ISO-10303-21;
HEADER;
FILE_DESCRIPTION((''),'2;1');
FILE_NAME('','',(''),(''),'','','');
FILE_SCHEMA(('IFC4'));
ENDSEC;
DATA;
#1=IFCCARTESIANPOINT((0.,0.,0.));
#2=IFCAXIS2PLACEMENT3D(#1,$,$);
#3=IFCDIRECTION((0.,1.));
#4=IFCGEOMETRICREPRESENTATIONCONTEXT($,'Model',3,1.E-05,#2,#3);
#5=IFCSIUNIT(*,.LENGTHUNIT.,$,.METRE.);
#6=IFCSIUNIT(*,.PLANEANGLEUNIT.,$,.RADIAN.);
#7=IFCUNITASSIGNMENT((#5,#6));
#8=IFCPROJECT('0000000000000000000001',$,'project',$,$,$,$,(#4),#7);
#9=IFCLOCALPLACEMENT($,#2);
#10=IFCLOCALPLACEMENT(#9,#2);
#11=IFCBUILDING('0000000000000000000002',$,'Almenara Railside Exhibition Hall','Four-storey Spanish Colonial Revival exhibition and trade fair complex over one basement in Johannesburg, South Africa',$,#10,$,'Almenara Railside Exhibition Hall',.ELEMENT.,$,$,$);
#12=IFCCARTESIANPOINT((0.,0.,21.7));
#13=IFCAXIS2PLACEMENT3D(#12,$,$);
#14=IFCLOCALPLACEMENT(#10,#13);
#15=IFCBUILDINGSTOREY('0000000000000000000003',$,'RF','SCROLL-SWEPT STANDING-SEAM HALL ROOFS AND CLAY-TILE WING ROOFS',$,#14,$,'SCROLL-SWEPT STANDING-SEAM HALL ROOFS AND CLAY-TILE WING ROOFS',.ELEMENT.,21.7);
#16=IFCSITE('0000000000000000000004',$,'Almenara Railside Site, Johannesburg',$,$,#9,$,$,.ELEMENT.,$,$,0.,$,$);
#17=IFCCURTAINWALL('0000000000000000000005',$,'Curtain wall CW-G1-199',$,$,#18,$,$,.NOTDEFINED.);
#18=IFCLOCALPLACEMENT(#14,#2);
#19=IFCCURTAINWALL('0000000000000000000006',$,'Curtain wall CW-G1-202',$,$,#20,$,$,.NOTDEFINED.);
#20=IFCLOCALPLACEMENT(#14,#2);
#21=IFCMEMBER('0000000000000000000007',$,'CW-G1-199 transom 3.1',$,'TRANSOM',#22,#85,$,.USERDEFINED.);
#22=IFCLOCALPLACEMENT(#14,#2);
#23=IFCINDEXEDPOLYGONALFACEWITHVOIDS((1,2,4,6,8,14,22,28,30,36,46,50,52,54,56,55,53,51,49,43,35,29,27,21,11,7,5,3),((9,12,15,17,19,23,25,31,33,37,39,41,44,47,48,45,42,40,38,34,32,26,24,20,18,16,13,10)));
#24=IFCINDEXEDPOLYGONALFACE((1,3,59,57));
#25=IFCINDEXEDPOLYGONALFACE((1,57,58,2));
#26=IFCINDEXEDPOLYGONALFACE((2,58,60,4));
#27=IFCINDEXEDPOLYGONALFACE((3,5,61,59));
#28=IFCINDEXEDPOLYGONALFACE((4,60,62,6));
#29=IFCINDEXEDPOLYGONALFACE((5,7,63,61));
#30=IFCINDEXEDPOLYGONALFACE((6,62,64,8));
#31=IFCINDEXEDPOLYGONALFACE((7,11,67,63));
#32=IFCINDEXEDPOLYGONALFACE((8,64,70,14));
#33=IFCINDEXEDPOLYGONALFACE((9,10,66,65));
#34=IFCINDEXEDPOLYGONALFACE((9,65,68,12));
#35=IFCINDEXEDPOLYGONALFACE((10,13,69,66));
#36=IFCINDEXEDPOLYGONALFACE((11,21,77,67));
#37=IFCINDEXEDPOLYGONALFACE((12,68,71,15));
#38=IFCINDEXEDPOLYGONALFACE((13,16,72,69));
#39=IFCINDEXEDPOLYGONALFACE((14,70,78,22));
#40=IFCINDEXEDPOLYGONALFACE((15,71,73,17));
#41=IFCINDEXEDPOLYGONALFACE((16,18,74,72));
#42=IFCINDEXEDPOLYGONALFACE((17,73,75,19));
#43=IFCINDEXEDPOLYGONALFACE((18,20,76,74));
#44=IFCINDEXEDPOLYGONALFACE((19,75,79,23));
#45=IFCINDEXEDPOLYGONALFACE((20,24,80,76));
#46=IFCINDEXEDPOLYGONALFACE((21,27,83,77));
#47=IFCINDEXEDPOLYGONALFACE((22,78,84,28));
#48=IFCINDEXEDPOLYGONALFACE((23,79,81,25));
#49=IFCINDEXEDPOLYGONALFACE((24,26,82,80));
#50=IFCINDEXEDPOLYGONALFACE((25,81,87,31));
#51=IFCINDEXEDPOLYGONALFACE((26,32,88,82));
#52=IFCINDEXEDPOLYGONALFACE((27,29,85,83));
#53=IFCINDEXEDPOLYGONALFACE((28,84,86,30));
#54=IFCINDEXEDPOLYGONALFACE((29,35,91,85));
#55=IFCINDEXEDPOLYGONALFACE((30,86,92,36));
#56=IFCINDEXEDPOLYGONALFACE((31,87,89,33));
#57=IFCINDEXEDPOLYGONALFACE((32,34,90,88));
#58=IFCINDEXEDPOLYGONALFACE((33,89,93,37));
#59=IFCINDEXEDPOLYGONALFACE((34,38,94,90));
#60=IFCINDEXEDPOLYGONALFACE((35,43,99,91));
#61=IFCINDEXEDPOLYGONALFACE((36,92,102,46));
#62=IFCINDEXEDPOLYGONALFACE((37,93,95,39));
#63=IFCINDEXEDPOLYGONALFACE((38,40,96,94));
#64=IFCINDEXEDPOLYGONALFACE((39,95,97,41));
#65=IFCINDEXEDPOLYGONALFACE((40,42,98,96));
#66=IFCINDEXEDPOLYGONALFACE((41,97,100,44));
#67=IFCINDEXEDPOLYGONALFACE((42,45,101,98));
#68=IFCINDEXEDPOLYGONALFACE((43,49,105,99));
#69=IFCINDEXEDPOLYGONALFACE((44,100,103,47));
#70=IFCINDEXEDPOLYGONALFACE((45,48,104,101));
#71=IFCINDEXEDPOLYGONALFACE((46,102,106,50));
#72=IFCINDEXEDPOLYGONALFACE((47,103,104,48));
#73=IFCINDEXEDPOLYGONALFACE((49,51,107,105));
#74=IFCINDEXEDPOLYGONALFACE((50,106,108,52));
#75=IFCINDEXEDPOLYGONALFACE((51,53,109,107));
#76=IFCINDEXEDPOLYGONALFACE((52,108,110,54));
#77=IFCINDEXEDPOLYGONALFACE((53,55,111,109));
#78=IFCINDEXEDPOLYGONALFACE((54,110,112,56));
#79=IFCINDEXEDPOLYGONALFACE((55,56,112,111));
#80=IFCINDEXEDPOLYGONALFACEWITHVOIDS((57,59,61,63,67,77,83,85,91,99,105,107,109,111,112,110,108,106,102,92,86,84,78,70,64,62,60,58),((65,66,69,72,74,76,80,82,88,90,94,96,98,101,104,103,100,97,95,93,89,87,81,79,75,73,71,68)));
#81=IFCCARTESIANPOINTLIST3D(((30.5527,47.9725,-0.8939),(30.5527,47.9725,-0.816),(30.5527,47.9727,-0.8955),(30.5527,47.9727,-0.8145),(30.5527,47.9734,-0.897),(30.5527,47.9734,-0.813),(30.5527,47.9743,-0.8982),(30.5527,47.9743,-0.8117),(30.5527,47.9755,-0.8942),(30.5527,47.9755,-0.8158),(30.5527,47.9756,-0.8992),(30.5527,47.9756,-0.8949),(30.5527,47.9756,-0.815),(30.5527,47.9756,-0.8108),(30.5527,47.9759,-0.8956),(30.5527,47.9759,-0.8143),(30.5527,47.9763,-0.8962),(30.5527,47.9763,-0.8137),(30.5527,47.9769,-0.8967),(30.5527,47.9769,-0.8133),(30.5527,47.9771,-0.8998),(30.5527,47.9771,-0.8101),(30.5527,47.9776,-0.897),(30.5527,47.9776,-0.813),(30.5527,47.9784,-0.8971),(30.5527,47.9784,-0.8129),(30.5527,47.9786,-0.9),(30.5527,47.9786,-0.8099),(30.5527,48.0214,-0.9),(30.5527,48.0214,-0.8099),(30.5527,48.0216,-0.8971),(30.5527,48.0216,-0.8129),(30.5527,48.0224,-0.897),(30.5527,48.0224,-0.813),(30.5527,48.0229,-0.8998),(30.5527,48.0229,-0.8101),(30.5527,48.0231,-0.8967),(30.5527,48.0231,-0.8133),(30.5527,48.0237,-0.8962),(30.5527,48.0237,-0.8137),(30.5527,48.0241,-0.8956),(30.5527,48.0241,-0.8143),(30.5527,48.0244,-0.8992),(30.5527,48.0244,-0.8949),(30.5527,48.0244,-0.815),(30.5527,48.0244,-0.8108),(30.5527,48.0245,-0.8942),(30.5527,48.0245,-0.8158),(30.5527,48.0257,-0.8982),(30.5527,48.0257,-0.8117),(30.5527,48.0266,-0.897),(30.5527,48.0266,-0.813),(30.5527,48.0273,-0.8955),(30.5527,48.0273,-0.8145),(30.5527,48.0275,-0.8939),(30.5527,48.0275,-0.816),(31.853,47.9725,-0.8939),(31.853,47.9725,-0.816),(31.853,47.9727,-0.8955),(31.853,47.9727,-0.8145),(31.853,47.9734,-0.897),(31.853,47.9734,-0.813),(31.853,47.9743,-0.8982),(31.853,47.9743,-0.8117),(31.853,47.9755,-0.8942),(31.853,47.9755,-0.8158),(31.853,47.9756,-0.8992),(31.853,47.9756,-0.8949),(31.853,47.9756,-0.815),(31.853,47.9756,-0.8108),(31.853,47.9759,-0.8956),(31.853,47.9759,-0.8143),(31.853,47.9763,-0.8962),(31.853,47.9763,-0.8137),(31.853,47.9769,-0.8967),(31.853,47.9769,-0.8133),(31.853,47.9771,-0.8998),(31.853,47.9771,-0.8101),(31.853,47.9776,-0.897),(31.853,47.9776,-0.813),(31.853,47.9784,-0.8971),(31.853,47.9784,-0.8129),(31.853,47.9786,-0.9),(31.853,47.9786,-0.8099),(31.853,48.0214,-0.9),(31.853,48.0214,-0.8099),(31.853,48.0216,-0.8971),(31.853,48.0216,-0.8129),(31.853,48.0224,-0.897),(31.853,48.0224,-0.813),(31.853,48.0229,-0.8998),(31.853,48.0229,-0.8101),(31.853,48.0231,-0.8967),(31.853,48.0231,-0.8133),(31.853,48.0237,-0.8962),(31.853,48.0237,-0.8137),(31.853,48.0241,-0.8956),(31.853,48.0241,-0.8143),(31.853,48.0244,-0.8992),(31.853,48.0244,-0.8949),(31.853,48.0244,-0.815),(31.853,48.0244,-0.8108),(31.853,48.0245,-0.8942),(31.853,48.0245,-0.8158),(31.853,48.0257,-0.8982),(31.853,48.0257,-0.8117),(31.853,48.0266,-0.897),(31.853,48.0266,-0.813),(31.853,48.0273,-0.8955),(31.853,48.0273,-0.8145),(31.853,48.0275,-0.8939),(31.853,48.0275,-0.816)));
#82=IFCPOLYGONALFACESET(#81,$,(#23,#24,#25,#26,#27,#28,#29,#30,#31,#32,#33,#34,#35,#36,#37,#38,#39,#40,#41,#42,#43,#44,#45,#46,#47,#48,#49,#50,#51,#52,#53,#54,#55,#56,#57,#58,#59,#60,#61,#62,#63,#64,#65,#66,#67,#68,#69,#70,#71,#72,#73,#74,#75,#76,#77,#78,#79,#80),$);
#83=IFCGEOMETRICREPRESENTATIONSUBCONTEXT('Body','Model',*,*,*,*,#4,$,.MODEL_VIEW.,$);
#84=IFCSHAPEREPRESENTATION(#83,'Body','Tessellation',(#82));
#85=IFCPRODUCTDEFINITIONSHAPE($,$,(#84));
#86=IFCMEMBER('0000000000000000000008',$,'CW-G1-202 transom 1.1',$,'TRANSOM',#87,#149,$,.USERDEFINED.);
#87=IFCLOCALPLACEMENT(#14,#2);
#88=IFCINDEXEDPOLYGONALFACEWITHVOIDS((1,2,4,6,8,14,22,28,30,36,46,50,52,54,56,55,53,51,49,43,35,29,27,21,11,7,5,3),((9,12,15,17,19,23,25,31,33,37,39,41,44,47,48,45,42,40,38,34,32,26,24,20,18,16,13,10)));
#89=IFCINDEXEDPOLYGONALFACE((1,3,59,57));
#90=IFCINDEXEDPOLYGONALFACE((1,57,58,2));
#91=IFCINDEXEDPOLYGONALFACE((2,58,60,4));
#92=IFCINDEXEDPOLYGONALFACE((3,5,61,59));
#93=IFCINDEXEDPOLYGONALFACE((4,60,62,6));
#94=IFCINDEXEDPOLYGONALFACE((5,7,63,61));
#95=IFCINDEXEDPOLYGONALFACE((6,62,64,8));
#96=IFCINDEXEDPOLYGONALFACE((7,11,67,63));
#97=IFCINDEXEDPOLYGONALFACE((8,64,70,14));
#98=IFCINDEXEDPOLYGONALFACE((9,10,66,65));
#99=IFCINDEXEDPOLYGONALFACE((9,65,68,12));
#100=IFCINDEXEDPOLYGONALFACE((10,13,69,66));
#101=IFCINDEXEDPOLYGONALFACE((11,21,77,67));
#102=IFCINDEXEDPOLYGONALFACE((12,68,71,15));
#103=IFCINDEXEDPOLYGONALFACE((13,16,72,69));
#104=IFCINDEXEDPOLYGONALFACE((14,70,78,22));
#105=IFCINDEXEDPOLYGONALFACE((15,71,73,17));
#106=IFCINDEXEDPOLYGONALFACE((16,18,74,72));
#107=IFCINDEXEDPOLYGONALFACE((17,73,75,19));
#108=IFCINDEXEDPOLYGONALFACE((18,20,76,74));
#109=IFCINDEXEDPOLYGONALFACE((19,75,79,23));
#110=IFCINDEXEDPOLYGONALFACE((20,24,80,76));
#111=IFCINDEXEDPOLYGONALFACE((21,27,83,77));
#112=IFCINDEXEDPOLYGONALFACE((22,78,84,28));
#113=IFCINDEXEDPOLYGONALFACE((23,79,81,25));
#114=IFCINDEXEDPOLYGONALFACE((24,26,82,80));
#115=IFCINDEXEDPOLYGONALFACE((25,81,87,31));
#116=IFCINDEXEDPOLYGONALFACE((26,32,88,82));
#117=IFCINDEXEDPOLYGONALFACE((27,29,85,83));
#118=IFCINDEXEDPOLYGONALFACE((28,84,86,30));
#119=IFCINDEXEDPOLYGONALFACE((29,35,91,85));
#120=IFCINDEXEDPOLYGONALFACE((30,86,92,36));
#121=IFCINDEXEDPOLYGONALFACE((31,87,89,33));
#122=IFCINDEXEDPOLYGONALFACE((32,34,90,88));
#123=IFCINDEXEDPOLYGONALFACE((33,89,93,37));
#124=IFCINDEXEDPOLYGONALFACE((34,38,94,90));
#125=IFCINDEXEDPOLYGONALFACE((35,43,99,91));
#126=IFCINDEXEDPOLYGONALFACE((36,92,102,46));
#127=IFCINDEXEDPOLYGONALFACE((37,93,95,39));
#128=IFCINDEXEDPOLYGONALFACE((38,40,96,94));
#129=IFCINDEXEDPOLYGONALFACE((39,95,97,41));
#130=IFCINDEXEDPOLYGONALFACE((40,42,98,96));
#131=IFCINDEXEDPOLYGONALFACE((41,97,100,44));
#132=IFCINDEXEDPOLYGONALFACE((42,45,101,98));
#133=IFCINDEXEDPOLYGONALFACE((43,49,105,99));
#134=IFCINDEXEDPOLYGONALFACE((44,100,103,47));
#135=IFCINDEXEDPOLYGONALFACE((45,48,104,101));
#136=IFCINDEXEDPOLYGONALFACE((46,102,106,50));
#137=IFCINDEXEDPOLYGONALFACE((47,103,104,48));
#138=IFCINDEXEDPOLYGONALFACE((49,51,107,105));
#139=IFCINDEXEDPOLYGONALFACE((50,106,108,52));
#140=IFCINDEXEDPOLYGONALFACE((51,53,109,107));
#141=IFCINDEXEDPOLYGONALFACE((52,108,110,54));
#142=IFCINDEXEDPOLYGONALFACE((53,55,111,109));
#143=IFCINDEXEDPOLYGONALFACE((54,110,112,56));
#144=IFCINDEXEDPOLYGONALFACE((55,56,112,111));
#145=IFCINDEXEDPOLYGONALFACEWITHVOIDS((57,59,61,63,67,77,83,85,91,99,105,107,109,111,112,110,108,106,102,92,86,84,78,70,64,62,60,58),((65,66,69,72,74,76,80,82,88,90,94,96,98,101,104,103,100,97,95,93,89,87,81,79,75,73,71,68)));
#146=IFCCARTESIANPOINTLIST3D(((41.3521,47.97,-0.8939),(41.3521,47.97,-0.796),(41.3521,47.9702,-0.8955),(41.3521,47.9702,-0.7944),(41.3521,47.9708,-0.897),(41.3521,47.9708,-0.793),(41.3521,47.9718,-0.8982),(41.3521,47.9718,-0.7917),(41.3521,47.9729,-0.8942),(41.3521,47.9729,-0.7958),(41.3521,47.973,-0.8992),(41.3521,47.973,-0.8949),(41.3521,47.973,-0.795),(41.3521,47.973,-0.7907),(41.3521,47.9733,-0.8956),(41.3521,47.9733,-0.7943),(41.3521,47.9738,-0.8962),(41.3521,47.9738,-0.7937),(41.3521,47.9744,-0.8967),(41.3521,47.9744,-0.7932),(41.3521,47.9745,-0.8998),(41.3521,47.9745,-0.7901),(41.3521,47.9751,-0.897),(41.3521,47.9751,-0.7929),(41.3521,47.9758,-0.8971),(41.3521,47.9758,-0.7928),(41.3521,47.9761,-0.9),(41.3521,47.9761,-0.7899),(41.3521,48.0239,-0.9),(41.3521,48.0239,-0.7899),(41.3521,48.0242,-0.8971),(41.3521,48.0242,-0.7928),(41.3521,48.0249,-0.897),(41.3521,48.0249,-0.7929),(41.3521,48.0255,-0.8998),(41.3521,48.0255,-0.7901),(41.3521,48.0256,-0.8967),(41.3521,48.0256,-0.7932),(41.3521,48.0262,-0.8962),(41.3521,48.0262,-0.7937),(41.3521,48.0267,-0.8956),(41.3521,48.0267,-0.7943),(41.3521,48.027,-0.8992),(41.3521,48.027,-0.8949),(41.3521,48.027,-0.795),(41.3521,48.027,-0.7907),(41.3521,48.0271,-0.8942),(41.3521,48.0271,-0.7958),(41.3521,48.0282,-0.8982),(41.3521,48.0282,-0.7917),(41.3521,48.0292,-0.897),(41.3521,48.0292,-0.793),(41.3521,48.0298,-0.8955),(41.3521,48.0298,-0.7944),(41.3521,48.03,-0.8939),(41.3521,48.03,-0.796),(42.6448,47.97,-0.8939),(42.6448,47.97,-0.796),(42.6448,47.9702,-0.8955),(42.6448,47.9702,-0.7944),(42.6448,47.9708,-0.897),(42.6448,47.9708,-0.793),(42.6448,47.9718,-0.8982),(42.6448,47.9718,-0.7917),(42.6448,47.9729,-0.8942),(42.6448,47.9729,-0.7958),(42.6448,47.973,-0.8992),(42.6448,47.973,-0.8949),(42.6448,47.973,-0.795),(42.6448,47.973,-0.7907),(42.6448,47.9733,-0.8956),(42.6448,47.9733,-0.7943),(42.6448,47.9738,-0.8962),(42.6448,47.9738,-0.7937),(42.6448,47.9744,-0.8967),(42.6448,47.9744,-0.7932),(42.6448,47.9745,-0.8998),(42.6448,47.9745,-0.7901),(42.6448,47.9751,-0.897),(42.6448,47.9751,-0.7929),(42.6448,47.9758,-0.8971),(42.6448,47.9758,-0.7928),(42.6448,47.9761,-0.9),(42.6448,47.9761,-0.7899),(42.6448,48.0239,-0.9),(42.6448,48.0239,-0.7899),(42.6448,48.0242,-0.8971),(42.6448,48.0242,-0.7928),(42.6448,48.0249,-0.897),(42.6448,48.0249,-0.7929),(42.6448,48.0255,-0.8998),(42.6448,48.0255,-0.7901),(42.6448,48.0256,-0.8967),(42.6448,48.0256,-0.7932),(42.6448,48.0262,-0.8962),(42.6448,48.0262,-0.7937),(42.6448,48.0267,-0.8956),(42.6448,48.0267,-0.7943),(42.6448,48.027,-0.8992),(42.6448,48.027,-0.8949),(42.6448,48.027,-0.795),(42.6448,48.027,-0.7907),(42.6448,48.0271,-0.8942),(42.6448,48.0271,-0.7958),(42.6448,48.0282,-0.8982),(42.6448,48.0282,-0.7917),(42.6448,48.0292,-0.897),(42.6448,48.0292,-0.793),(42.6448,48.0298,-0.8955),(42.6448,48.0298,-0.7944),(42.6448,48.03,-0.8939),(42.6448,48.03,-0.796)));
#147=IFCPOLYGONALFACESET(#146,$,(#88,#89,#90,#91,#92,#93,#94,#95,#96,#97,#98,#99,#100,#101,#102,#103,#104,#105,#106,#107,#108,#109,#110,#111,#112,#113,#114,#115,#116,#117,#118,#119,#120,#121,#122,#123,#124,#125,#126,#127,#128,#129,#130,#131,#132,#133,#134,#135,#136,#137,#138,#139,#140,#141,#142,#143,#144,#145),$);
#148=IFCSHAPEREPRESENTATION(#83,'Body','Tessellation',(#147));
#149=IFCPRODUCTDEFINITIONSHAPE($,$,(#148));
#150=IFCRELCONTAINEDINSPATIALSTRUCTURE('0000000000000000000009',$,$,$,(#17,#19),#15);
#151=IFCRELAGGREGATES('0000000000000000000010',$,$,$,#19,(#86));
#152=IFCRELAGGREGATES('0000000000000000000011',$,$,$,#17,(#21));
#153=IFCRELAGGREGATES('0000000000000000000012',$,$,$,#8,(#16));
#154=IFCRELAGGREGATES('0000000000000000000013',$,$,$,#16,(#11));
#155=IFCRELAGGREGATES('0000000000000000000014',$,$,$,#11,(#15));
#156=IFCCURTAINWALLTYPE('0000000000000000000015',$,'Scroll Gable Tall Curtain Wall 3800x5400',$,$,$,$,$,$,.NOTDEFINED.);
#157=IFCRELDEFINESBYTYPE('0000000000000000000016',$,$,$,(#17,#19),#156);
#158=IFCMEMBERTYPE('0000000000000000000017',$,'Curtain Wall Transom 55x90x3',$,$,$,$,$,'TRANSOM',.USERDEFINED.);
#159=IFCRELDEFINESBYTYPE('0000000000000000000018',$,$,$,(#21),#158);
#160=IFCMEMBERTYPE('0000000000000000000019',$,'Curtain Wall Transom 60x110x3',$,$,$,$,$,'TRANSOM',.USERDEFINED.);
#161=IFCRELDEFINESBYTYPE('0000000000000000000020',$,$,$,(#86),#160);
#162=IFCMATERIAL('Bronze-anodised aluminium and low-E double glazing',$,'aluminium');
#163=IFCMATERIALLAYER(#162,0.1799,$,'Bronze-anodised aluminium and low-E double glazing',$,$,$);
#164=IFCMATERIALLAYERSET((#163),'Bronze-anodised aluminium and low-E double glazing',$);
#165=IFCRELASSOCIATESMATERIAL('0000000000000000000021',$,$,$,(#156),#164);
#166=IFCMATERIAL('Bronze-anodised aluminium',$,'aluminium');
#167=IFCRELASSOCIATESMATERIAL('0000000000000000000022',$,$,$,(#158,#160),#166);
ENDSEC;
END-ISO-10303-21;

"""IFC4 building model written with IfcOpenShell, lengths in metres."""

from ifc_helpers import new_model, si_unit, direction, frame, origin, origin_2d, place, context, subcontext, project, spatial, hollow_rectangle, extrude, material, layer, layer_set, material_profile, profile_set, type_object, element, aggregate, save


model = new_model("IFC4")

# Units and contexts
model_context = context("Model", 3, precision=1e-05, world=origin(), true_north=direction((0.0, 1.0)))
body_context = subcontext(model_context, "Body", "Model", "MODEL_VIEW")
ifc_project = project(units=[si_unit("LENGTHUNIT", "METRE"), si_unit("PLANEANGLEUNIT", "RADIAN")], contexts=[model_context])

# Site, building, storey
site_placement = place(None, origin())
site = spatial("IfcSite", under=ifc_project, at=site_placement, Name="Almenara Railside Site, Johannesburg", CompositionType="ELEMENT", RefElevation=0.0)
building_placement = place(site_placement, origin())
building = spatial("IfcBuilding", under=site, at=building_placement, Name="Almenara Railside Exhibition Hall", Description="Four-storey Spanish Colonial Revival exhibition and trade fair complex over one basement in Johannesburg, South Africa", LongName="Almenara Railside Exhibition Hall", CompositionType="ELEMENT")
storey_placement = place(building_placement, frame((0.0, 0.0, 21.7)))
storey = spatial("IfcBuildingStorey", under=building, at=storey_placement, Name="RF", Description="SCROLL-SWEPT STANDING-SEAM HALL ROOFS AND CLAY-TILE WING ROOFS", LongName="SCROLL-SWEPT STANDING-SEAM HALL ROOFS AND CLAY-TILE WING ROOFS", CompositionType="ELEMENT", Elevation=21.7)

# Curtain walls
ifc_material_1 = material(Name="Bronze-anodised aluminium and low-E double glazing", Category="aluminium")
ifc_layer_1 = layer(ifc_material_1, 0.1799, Name="Bronze-anodised aluminium and low-E double glazing")
ifc_layer_set_1 = layer_set([ifc_layer_1], Name="Bronze-anodised aluminium and low-E double glazing")
curtain_wall_type = type_object("IfcCurtainWallType", Name="Scroll Gable Tall Curtain Wall 3800x5400", PredefinedType="NOTDEFINED", material=ifc_layer_set_1)
curtain_wall_1_placement = place(storey_placement, origin())
curtain_wall_1 = element("IfcCurtainWall", 1, at=curtain_wall_1_placement, inside=storey, type_object=curtain_wall_type, Name="Curtain wall CW-G1-199", PredefinedType="NOTDEFINED")
ifc_material_2 = material(Name="Bronze-anodised aluminium", Category="aluminium")
curtain_wall_2_placement = place(storey_placement, origin())
curtain_wall_2 = element("IfcCurtainWall", 2, at=curtain_wall_2_placement, inside=storey, type_object=curtain_wall_type, Name="Curtain wall CW-G1-202", PredefinedType="NOTDEFINED")

# Members
ifc_material_profile_1 = material_profile(ifc_material_2, hollow_rectangle(XDim=0.0549, YDim=0.0901, WallThickness=0.0029, InnerFilletRadius=0.0029, OuterFilletRadius=0.0061, at=origin_2d()), Name="ALU-TRN 55x90x3")
ifc_profile_set_1 = profile_set([ifc_material_profile_1], Name="Bronze-anodised aluminium")
member_type_1 = type_object("IfcMemberType", Name="Curtain Wall Transom 55x90x3", ElementType="TRANSOM", PredefinedType="USERDEFINED", material=ifc_profile_set_1)
member_1_placement = place(storey_placement, frame((30.5527, 48.0, -0.855), z_axis=(1.0, 0.0, 0.0), x_axis=(0.0, 1.0, 0.0)))
member_1 = element("IfcMember", 3, at=member_1_placement, type_object=member_type_1, Name="CW-G1-199 transom 3.1", ObjectType="TRANSOM", PredefinedType="USERDEFINED", context=body_context, shape_type="SweptSolid", body=[
    extrude(hollow_rectangle(XDim=0.0549, YDim=0.0901, WallThickness=0.0029, InnerFilletRadius=0.0029, OuterFilletRadius=0.0061, at=origin_2d()), origin(), (0.0, 0.0, 1.0), 1.3003),
])
ifc_material_profile_2 = material_profile(ifc_material_2, hollow_rectangle(XDim=0.0601, YDim=0.1101, WallThickness=0.0029, InnerFilletRadius=0.0029, OuterFilletRadius=0.0061, at=origin_2d()), Name="ALU-TRN 60x110x3")
ifc_profile_set_2 = profile_set([ifc_material_profile_2], Name="Bronze-anodised aluminium")
member_type_2 = type_object("IfcMemberType", Name="Curtain Wall Transom 60x110x3", ElementType="TRANSOM", PredefinedType="USERDEFINED", material=ifc_profile_set_2)
member_2_placement = place(storey_placement, frame((41.3521, 48.0, -0.845), z_axis=(1.0, 0.0, 0.0), x_axis=(0.0, 1.0, 0.0)))
member_2 = element("IfcMember", 4, at=member_2_placement, type_object=member_type_2, Name="CW-G1-202 transom 1.1", ObjectType="TRANSOM", PredefinedType="USERDEFINED", context=body_context, shape_type="SweptSolid", body=[
    extrude(hollow_rectangle(XDim=0.0601, YDim=0.1101, WallThickness=0.0029, InnerFilletRadius=0.0029, OuterFilletRadius=0.0061, at=origin_2d()), origin(), (0.0, 0.0, 1.0), 1.2927),
])

aggregate(curtain_wall_2, [member_2])

aggregate(curtain_wall_1, [member_1])

save(model, "model.ifc")
